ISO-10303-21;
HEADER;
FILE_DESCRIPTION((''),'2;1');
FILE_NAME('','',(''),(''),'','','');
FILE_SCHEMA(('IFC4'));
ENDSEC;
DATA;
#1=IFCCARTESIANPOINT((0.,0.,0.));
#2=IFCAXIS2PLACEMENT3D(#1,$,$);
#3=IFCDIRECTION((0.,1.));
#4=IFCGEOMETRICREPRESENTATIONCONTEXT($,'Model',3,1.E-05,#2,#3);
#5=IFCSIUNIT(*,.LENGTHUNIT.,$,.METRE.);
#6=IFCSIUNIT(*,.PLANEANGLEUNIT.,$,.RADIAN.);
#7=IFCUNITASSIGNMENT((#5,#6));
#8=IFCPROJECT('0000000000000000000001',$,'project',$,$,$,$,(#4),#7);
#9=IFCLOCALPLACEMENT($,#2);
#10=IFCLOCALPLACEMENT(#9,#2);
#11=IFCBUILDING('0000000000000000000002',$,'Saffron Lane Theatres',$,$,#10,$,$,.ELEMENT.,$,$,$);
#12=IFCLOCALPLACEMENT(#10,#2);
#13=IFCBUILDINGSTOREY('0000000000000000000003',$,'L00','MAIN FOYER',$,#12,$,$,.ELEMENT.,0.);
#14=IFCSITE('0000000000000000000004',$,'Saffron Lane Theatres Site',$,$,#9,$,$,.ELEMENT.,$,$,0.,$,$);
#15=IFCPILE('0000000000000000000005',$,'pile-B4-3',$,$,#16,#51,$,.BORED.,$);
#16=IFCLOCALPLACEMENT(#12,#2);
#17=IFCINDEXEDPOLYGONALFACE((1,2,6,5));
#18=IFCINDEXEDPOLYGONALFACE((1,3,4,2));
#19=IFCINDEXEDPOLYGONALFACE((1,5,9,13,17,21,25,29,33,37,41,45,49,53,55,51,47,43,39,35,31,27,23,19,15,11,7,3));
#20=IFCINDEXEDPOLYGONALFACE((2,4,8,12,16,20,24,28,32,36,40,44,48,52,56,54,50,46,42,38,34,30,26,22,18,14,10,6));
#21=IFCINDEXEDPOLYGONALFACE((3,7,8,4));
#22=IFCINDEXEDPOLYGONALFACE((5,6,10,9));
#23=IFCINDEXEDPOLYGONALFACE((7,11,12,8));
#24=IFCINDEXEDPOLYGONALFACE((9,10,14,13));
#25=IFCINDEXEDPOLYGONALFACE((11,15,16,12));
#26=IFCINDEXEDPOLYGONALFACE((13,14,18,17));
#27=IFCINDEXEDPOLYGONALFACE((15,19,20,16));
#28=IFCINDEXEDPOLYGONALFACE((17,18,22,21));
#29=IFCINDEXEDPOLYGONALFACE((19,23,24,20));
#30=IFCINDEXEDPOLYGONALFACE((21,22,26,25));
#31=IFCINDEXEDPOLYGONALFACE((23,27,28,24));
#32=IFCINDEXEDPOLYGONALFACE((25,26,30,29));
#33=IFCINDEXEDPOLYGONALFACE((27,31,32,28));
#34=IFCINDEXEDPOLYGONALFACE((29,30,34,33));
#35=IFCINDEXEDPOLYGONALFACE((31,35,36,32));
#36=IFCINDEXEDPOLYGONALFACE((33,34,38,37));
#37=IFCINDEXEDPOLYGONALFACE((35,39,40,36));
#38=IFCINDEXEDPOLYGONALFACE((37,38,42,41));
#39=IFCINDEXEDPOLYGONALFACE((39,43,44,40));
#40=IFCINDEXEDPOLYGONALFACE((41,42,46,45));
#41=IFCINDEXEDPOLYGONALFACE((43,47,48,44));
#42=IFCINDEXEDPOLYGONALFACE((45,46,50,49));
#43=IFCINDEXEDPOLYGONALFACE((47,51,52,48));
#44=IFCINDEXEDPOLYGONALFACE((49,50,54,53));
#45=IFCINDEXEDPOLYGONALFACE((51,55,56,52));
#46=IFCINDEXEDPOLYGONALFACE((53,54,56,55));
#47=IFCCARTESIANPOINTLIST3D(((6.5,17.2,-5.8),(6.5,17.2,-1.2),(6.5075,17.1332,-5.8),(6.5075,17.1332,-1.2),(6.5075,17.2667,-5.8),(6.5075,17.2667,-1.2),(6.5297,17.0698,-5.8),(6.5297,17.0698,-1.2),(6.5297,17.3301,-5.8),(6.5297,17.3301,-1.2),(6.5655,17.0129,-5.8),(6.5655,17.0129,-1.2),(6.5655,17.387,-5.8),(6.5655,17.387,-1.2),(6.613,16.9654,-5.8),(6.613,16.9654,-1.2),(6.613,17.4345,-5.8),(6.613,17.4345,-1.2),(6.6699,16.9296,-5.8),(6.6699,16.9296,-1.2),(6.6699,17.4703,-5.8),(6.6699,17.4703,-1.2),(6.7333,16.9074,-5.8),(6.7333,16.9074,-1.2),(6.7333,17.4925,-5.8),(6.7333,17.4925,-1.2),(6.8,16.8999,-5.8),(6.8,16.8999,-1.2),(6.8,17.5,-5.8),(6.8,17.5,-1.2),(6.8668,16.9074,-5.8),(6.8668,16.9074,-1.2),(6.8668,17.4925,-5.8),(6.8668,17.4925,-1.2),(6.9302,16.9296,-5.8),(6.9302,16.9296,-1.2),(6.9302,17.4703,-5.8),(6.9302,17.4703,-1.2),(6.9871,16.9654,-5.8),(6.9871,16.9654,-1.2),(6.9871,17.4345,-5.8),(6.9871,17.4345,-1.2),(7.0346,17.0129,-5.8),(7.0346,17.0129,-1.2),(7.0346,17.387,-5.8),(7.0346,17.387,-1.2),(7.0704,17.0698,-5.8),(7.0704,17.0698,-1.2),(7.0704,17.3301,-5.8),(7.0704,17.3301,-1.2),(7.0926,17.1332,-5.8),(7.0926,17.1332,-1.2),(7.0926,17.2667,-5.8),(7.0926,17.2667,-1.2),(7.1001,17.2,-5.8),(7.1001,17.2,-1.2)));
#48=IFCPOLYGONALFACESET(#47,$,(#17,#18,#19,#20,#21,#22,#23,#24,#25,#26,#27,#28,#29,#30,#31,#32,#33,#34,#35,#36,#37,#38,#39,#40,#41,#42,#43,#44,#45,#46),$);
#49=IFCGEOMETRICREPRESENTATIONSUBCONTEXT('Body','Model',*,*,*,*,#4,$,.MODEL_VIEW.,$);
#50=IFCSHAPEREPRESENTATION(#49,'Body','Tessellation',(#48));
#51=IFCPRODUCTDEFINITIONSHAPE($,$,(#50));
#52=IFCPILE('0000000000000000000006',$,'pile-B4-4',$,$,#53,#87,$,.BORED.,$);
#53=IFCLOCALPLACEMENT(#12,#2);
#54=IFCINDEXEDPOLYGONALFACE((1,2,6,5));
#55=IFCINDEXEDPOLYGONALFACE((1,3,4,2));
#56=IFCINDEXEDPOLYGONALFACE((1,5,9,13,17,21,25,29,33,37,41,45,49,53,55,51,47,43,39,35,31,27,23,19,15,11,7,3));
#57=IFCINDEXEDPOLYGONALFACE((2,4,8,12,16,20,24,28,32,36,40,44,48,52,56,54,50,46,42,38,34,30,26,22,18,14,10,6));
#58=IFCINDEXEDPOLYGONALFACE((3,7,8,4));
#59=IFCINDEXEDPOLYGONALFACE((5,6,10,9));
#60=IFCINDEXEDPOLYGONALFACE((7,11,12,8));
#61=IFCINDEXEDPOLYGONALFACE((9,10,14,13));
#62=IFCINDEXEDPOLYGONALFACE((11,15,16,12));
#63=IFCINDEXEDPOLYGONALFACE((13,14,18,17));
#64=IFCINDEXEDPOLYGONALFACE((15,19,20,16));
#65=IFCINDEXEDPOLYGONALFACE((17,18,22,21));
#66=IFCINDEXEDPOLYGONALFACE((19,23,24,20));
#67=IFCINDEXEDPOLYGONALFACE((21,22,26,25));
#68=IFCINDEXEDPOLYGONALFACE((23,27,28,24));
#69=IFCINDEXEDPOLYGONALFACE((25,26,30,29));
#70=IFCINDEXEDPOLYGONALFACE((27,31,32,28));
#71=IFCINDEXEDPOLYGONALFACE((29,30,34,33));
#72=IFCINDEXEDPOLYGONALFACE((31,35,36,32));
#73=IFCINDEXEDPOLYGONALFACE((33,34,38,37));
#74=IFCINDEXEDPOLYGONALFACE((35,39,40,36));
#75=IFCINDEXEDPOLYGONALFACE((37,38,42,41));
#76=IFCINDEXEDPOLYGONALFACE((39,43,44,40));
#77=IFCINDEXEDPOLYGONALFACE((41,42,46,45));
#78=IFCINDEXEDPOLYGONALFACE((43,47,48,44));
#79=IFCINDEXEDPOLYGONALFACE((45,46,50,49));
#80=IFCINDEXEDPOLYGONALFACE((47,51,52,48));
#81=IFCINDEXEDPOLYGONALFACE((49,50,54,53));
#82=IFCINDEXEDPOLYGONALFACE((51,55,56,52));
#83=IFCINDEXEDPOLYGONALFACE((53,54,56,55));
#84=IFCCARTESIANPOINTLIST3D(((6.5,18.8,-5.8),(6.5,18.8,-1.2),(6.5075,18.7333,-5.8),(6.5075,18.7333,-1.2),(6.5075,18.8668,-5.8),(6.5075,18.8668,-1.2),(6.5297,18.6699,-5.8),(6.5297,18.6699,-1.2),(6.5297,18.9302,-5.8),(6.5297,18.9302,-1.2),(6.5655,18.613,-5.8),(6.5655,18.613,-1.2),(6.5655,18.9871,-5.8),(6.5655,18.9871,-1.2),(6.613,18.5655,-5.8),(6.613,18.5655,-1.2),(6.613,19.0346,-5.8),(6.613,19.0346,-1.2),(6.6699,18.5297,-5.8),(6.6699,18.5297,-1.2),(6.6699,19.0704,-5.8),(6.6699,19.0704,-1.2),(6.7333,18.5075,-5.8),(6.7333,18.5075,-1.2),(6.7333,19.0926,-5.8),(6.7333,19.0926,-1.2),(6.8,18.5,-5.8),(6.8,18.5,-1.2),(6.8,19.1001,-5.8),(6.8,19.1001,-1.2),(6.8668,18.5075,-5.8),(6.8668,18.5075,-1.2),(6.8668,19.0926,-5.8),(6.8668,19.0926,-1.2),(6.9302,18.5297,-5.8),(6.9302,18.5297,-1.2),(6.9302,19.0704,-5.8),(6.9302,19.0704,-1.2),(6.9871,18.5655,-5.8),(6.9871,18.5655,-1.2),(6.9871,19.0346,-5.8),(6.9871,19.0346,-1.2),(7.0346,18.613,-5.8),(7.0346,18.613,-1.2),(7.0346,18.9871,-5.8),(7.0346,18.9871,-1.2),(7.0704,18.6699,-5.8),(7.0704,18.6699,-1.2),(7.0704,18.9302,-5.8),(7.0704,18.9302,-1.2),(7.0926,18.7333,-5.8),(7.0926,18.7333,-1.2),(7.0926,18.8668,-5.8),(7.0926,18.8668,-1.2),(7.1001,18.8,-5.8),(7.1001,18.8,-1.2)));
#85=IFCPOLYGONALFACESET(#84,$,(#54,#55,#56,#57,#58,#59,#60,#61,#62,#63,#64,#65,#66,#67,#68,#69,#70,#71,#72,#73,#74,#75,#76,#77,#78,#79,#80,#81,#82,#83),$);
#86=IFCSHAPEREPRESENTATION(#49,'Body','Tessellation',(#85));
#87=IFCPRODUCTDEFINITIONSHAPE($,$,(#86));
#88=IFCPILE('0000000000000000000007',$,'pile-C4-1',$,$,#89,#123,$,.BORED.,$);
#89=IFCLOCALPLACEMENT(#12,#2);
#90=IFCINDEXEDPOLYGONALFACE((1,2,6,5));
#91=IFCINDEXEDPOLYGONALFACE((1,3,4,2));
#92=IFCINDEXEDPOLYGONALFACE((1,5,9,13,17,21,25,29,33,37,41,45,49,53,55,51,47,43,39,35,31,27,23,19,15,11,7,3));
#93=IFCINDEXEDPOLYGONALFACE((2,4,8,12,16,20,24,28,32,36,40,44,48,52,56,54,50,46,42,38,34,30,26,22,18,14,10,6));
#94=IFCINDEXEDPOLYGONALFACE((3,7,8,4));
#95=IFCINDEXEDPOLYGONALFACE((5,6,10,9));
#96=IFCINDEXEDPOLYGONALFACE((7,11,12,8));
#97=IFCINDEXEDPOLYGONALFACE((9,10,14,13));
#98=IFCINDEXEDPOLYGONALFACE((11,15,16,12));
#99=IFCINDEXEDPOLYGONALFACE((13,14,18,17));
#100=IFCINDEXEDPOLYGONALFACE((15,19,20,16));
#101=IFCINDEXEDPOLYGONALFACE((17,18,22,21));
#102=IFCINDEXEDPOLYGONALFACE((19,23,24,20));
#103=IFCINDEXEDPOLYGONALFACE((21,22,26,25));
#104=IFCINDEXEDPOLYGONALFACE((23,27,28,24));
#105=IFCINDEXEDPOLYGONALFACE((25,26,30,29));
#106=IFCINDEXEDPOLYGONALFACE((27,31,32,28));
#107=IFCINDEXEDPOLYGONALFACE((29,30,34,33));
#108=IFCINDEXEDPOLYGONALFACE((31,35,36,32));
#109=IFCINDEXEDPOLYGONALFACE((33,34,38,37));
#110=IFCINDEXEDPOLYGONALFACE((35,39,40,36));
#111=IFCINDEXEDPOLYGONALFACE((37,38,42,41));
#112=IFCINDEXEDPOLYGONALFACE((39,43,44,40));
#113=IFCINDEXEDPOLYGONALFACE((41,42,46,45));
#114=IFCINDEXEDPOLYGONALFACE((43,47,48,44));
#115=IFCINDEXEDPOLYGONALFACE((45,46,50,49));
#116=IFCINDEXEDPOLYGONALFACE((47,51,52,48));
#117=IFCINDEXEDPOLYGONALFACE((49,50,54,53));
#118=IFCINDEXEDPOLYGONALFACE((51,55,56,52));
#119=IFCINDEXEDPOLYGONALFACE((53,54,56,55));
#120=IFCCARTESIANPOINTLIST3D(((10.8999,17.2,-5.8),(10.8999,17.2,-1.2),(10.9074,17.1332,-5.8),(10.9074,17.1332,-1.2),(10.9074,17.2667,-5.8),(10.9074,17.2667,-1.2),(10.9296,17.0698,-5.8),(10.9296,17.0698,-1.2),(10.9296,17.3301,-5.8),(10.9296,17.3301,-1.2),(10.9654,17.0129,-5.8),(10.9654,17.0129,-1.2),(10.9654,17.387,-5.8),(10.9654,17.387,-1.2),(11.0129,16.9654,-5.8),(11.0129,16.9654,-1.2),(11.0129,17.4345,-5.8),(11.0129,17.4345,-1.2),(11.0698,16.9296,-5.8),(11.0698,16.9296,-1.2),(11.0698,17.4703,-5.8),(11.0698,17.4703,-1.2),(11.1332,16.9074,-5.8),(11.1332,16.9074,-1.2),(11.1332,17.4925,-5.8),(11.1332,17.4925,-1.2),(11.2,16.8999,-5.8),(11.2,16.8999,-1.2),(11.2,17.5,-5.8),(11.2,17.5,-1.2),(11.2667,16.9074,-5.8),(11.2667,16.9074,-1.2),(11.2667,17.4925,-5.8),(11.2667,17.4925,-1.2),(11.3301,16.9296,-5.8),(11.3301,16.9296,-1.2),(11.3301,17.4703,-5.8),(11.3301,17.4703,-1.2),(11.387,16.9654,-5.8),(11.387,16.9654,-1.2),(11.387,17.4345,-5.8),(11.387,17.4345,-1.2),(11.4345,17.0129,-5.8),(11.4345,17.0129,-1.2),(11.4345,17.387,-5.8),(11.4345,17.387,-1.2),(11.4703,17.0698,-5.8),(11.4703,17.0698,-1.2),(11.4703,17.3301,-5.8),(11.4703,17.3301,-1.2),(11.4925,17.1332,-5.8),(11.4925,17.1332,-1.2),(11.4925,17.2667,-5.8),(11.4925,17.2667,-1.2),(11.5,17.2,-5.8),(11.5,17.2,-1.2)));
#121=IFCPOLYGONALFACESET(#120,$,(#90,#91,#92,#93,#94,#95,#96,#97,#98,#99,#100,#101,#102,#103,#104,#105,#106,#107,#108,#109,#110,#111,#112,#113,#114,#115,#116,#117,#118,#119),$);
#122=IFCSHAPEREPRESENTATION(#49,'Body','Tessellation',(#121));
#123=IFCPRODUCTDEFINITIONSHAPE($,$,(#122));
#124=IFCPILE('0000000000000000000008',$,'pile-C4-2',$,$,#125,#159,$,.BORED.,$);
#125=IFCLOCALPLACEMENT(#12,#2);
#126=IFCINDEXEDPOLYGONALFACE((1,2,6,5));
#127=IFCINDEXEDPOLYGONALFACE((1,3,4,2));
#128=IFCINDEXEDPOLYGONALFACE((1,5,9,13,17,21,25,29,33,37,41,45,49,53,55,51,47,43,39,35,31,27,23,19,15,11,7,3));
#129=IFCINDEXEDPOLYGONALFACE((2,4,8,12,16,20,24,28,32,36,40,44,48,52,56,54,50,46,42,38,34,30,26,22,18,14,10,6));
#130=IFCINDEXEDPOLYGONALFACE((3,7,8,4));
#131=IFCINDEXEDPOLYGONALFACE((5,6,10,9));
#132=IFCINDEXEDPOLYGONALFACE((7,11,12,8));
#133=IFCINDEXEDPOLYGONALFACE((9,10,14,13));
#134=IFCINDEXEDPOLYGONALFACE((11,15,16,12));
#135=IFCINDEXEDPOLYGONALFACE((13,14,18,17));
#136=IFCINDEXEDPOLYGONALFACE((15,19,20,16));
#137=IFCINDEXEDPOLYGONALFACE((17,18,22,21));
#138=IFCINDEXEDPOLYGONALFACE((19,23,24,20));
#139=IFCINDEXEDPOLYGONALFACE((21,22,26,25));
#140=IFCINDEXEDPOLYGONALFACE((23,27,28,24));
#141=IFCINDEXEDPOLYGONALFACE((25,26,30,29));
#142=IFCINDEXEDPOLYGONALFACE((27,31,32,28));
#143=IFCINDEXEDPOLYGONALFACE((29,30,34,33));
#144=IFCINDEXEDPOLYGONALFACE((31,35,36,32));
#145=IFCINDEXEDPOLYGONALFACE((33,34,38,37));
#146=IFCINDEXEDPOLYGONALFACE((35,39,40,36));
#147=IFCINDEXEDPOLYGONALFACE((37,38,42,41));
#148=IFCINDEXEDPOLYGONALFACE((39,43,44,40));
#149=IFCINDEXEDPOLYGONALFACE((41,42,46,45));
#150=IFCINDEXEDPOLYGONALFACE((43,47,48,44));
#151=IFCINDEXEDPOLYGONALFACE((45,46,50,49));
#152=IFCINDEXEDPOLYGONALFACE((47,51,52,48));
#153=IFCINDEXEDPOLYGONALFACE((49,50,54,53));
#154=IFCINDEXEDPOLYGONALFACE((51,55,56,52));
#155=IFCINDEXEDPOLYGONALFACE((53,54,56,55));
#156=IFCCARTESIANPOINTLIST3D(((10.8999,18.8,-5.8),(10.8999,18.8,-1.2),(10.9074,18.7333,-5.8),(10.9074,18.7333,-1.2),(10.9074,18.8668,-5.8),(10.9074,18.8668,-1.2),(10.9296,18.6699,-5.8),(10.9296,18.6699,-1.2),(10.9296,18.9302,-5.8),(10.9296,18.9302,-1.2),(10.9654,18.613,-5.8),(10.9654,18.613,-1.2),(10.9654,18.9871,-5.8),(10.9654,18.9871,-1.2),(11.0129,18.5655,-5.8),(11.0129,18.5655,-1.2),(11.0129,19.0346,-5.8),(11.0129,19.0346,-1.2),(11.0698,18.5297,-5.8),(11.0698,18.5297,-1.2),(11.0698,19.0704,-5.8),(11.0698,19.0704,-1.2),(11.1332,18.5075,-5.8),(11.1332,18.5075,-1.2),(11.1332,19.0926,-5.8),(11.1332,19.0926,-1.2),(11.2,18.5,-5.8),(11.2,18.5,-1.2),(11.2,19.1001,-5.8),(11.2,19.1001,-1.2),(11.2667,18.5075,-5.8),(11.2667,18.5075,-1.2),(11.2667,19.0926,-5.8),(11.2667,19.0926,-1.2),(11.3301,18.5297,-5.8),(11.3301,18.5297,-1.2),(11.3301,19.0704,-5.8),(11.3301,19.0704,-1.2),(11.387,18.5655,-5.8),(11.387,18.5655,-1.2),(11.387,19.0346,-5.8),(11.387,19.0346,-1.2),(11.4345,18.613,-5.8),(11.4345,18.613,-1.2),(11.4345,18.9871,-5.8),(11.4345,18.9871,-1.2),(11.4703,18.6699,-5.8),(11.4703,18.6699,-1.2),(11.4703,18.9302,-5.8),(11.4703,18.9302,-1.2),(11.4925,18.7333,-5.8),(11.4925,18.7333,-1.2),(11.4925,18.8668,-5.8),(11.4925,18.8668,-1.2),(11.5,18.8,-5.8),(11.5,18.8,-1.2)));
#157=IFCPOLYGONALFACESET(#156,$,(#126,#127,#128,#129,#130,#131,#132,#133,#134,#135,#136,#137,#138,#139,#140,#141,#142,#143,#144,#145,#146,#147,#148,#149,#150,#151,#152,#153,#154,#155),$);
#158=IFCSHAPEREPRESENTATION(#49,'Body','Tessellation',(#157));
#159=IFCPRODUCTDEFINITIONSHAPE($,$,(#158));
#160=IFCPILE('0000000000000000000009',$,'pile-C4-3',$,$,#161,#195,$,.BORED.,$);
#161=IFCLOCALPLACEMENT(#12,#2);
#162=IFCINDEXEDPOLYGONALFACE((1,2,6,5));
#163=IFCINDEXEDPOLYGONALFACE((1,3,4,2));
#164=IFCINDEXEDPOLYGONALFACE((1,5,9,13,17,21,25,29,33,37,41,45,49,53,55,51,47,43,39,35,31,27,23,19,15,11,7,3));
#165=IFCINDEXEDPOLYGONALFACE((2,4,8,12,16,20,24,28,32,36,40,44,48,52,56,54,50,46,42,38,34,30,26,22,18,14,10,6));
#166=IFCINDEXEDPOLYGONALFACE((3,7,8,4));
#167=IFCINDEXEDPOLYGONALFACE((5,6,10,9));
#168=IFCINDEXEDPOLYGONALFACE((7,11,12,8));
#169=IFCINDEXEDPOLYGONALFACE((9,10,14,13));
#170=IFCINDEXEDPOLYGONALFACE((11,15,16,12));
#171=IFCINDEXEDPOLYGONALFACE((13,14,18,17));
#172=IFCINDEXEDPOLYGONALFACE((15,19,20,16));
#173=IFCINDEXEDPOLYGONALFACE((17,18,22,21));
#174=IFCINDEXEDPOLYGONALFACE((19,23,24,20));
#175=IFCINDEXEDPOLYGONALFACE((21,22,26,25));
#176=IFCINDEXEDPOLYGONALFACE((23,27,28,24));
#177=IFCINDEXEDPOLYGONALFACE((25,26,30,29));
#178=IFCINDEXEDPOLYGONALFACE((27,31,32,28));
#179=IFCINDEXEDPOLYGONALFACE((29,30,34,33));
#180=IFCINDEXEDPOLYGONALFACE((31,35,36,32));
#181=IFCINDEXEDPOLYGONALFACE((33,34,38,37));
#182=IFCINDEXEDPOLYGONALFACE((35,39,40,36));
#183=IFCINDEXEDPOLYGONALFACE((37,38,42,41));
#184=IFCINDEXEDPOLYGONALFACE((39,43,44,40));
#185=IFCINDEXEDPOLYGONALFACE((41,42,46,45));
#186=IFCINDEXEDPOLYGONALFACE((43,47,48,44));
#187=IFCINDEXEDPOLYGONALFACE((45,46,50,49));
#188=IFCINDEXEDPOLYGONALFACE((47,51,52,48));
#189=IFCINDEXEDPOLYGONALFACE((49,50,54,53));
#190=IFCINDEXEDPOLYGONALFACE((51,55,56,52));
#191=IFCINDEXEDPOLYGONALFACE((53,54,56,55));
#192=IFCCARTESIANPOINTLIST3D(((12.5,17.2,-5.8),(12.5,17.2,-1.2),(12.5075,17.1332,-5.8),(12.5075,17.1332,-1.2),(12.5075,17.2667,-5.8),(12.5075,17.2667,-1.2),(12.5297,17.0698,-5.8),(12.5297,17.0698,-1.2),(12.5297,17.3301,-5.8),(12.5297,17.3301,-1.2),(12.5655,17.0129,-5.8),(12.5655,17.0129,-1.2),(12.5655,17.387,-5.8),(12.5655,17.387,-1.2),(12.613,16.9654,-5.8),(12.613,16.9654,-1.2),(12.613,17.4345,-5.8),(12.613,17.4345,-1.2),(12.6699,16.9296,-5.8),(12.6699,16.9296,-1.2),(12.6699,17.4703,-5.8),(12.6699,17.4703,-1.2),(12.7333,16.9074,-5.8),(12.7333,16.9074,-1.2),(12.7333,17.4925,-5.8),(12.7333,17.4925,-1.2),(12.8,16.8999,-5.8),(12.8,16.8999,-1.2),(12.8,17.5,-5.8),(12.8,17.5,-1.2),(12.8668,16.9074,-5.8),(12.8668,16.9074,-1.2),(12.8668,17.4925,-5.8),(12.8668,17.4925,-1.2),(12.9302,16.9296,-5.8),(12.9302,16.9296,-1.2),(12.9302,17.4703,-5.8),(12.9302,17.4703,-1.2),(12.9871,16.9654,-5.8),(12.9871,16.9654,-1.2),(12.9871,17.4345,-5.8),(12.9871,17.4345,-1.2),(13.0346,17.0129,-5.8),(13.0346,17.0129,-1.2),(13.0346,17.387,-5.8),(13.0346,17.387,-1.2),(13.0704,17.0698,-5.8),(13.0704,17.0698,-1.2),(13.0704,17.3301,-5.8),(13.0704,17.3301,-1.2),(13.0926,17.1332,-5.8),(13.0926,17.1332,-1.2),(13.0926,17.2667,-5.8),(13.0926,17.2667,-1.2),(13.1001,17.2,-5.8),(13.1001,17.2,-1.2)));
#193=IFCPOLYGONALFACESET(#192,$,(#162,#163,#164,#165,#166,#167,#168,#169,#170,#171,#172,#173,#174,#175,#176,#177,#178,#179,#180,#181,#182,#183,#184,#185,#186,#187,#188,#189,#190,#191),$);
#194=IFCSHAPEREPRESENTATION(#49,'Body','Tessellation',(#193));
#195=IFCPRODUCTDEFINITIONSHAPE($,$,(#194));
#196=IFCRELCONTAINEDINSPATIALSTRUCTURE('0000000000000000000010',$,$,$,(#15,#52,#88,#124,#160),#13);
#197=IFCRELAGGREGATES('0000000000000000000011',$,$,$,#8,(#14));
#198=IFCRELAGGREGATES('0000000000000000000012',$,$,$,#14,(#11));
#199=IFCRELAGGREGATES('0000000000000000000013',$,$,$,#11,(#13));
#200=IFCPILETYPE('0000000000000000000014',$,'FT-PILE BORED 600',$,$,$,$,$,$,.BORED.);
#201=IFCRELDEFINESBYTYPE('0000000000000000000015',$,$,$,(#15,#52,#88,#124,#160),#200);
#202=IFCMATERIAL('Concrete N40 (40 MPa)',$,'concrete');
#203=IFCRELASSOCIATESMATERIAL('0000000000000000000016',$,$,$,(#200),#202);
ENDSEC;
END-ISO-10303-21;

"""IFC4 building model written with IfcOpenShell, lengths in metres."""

from ifc_helpers import new_model, si_unit, direction, frame, origin, origin_2d, place, context, subcontext, project, spatial, circle, extrude, material, material_profile, profile_set, type_object, element, save


model = new_model("IFC4")

# Units and contexts
model_context = context("Model", 3, precision=1e-05, world=origin(), true_north=direction((0.0, 1.0)))
body_context = subcontext(model_context, "Body", "Model", "MODEL_VIEW")
ifc_project = project(units=[si_unit("LENGTHUNIT", "METRE"), si_unit("PLANEANGLEUNIT", "RADIAN")], contexts=[model_context])

# Site, building, storey
site_placement = place(None, origin())
site = spatial("IfcSite", under=ifc_project, at=site_placement, Name="Saffron Lane Theatres Site", CompositionType="ELEMENT", RefElevation=0.0)
building_placement = place(site_placement, origin())
building = spatial("IfcBuilding", under=site, at=building_placement, Name="Saffron Lane Theatres", CompositionType="ELEMENT")
storey_placement = place(building_placement, origin())
storey = spatial("IfcBuildingStorey", under=building, at=storey_placement, Name="L00", Description="MAIN FOYER", CompositionType="ELEMENT", Elevation=0.0)

# Piles
ifc_material_1 = material(Name="Concrete N40 (40 MPa)", Category="concrete")
ifc_material_profile_1 = material_profile(ifc_material_1, circle(Radius=0.3, at=origin_2d()))
ifc_profile_set_1 = profile_set([ifc_material_profile_1], Name="Concrete N40 (40 MPa)")
pile_type = type_object("IfcPileType", Name="FT-PILE BORED 600", PredefinedType="BORED", material=ifc_profile_set_1)
for number, where, z_axis, x_axis, name in (
    (1, (6.8, 17.2, -1.2), (0.0, 0.0, -1.0), (1.0, 0.0, 0.0), "pile-B4-3"),
    (2, (6.8, 18.8, -1.2), (0.0, 0.0, -1.0), (1.0, 0.0, 0.0), "pile-B4-4"),
    (3, (11.2, 17.2, -1.2), (0.0, 0.0, -1.0), (1.0, 0.0, 0.0), "pile-C4-1"),
    (4, (11.2, 18.8, -1.2), (0.0, 0.0, -1.0), (1.0, 0.0, 0.0), "pile-C4-2"),
    (5, (12.8, 17.2, -1.2), (0.0, 0.0, -1.0), (1.0, 0.0, 0.0), "pile-C4-3"),
):
    element("IfcPile", number, at=place(storey_placement, frame(where, z_axis=z_axis, x_axis=x_axis)), inside=storey, type_object=pile_type, Name=name, PredefinedType="BORED", context=body_context, shape_type="SweptSolid", body=[
        extrude(circle(Radius=0.3, at=origin_2d()), origin(), (0.0, 0.0, 1.0), 4.6001),
    ])

save(model, "model.ifc")
